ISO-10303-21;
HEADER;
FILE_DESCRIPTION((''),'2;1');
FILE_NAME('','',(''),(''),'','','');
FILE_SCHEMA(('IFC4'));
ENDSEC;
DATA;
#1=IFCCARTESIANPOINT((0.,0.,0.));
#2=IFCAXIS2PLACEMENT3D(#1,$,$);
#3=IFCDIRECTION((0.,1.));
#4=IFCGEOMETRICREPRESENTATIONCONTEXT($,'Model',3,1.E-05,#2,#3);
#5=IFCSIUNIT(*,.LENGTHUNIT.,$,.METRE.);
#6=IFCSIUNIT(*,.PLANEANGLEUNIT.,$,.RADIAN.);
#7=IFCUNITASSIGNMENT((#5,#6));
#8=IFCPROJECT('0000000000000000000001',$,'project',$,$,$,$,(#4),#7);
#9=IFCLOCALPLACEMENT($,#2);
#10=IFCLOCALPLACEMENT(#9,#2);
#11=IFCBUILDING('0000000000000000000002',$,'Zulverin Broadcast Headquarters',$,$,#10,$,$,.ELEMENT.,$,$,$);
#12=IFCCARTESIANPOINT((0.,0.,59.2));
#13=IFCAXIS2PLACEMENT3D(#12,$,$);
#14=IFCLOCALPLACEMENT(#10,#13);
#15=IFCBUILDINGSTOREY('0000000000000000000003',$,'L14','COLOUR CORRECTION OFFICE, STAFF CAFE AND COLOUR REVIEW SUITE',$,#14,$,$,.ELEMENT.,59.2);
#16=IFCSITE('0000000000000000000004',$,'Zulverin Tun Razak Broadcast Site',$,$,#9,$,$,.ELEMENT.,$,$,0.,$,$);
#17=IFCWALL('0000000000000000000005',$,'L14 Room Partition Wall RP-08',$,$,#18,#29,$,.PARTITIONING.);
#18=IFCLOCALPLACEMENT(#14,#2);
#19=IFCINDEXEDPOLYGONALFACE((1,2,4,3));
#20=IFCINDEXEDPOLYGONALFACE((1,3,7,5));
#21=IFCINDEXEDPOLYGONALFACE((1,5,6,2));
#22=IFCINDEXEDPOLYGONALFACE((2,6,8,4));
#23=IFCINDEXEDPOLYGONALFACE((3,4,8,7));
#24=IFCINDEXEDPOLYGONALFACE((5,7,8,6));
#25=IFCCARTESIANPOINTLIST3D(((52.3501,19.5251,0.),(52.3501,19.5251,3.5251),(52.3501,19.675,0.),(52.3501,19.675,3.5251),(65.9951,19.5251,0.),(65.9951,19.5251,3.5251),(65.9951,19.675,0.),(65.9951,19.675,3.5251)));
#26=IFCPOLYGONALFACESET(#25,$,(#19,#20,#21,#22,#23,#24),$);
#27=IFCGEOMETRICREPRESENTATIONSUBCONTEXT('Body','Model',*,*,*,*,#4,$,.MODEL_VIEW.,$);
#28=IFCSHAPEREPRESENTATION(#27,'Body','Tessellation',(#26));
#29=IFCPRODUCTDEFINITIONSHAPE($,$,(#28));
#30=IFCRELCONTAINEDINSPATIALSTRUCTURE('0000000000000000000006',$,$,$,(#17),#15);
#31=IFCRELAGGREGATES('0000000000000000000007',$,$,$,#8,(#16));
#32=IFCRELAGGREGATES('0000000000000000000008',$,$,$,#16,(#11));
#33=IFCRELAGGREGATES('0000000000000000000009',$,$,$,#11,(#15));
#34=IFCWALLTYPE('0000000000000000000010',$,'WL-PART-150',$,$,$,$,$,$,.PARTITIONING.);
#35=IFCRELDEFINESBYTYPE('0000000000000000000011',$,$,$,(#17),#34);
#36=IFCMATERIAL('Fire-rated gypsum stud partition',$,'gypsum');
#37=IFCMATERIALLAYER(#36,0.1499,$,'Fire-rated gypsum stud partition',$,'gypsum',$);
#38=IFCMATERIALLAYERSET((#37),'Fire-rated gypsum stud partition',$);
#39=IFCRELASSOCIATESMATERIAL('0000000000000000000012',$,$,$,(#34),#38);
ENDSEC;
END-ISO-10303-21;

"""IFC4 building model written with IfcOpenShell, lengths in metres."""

from ifc_helpers import new_model, si_unit, direction, frame, frame_2d, origin, place, context, subcontext, project, spatial, rectangle, extrude, material, layer, layer_set, type_object, element, save


model = new_model("IFC4")

# Units and contexts
model_context = context("Model", 3, precision=1e-05, world=origin(), true_north=direction((0.0, 1.0)))
body_context = subcontext(model_context, "Body", "Model", "MODEL_VIEW")
ifc_project = project(units=[si_unit("LENGTHUNIT", "METRE"), si_unit("PLANEANGLEUNIT", "RADIAN")], contexts=[model_context])

# Site, building, storey
site_placement = place(None, origin())
site = spatial("IfcSite", under=ifc_project, at=site_placement, Name="Zulverin Tun Razak Broadcast Site", CompositionType="ELEMENT", RefElevation=0.0)
building_placement = place(site_placement, origin())
building = spatial("IfcBuilding", under=site, at=building_placement, Name="Zulverin Broadcast Headquarters", CompositionType="ELEMENT")
storey_placement = place(building_placement, frame((0.0, 0.0, 59.2)))
storey = spatial("IfcBuildingStorey", under=building, at=storey_placement, Name="L14", Description="COLOUR CORRECTION OFFICE, STAFF CAFE AND COLOUR REVIEW SUITE", CompositionType="ELEMENT", Elevation=59.2)

# Shared definitions
ifc_material_1 = material(Name="Fire-rated gypsum stud partition", Category="gypsum")
ifc_layer_1 = layer(ifc_material_1, 0.1499, Name="Fire-rated gypsum stud partition", Category="gypsum")
ifc_layer_set_1 = layer_set([ifc_layer_1], Name="Fire-rated gypsum stud partition")
wall_type_1 = type_object("IfcWallType", Name="WL-PART-150", PredefinedType="PARTITIONING", material=ifc_layer_set_1)

# Wall
wall_1_placement = place(storey_placement, frame((52.3501, 19.6001, 0.0), z_axis=(0.0, 0.0, 1.0), x_axis=(1.0, 0.0, 0.0)))
element("IfcWall", 1, at=wall_1_placement, inside=storey, type_object=wall_type_1, Name="L14 Room Partition Wall RP-08", PredefinedType="PARTITIONING", context=body_context, shape_type="SweptSolid", body=[
    extrude(rectangle(XDim=13.645, YDim=0.1499, at=frame_2d((6.8225, 0.0))), origin(), (0.0, 0.0, 1.0), 3.5251),
])

save(model, "model.ifc")
